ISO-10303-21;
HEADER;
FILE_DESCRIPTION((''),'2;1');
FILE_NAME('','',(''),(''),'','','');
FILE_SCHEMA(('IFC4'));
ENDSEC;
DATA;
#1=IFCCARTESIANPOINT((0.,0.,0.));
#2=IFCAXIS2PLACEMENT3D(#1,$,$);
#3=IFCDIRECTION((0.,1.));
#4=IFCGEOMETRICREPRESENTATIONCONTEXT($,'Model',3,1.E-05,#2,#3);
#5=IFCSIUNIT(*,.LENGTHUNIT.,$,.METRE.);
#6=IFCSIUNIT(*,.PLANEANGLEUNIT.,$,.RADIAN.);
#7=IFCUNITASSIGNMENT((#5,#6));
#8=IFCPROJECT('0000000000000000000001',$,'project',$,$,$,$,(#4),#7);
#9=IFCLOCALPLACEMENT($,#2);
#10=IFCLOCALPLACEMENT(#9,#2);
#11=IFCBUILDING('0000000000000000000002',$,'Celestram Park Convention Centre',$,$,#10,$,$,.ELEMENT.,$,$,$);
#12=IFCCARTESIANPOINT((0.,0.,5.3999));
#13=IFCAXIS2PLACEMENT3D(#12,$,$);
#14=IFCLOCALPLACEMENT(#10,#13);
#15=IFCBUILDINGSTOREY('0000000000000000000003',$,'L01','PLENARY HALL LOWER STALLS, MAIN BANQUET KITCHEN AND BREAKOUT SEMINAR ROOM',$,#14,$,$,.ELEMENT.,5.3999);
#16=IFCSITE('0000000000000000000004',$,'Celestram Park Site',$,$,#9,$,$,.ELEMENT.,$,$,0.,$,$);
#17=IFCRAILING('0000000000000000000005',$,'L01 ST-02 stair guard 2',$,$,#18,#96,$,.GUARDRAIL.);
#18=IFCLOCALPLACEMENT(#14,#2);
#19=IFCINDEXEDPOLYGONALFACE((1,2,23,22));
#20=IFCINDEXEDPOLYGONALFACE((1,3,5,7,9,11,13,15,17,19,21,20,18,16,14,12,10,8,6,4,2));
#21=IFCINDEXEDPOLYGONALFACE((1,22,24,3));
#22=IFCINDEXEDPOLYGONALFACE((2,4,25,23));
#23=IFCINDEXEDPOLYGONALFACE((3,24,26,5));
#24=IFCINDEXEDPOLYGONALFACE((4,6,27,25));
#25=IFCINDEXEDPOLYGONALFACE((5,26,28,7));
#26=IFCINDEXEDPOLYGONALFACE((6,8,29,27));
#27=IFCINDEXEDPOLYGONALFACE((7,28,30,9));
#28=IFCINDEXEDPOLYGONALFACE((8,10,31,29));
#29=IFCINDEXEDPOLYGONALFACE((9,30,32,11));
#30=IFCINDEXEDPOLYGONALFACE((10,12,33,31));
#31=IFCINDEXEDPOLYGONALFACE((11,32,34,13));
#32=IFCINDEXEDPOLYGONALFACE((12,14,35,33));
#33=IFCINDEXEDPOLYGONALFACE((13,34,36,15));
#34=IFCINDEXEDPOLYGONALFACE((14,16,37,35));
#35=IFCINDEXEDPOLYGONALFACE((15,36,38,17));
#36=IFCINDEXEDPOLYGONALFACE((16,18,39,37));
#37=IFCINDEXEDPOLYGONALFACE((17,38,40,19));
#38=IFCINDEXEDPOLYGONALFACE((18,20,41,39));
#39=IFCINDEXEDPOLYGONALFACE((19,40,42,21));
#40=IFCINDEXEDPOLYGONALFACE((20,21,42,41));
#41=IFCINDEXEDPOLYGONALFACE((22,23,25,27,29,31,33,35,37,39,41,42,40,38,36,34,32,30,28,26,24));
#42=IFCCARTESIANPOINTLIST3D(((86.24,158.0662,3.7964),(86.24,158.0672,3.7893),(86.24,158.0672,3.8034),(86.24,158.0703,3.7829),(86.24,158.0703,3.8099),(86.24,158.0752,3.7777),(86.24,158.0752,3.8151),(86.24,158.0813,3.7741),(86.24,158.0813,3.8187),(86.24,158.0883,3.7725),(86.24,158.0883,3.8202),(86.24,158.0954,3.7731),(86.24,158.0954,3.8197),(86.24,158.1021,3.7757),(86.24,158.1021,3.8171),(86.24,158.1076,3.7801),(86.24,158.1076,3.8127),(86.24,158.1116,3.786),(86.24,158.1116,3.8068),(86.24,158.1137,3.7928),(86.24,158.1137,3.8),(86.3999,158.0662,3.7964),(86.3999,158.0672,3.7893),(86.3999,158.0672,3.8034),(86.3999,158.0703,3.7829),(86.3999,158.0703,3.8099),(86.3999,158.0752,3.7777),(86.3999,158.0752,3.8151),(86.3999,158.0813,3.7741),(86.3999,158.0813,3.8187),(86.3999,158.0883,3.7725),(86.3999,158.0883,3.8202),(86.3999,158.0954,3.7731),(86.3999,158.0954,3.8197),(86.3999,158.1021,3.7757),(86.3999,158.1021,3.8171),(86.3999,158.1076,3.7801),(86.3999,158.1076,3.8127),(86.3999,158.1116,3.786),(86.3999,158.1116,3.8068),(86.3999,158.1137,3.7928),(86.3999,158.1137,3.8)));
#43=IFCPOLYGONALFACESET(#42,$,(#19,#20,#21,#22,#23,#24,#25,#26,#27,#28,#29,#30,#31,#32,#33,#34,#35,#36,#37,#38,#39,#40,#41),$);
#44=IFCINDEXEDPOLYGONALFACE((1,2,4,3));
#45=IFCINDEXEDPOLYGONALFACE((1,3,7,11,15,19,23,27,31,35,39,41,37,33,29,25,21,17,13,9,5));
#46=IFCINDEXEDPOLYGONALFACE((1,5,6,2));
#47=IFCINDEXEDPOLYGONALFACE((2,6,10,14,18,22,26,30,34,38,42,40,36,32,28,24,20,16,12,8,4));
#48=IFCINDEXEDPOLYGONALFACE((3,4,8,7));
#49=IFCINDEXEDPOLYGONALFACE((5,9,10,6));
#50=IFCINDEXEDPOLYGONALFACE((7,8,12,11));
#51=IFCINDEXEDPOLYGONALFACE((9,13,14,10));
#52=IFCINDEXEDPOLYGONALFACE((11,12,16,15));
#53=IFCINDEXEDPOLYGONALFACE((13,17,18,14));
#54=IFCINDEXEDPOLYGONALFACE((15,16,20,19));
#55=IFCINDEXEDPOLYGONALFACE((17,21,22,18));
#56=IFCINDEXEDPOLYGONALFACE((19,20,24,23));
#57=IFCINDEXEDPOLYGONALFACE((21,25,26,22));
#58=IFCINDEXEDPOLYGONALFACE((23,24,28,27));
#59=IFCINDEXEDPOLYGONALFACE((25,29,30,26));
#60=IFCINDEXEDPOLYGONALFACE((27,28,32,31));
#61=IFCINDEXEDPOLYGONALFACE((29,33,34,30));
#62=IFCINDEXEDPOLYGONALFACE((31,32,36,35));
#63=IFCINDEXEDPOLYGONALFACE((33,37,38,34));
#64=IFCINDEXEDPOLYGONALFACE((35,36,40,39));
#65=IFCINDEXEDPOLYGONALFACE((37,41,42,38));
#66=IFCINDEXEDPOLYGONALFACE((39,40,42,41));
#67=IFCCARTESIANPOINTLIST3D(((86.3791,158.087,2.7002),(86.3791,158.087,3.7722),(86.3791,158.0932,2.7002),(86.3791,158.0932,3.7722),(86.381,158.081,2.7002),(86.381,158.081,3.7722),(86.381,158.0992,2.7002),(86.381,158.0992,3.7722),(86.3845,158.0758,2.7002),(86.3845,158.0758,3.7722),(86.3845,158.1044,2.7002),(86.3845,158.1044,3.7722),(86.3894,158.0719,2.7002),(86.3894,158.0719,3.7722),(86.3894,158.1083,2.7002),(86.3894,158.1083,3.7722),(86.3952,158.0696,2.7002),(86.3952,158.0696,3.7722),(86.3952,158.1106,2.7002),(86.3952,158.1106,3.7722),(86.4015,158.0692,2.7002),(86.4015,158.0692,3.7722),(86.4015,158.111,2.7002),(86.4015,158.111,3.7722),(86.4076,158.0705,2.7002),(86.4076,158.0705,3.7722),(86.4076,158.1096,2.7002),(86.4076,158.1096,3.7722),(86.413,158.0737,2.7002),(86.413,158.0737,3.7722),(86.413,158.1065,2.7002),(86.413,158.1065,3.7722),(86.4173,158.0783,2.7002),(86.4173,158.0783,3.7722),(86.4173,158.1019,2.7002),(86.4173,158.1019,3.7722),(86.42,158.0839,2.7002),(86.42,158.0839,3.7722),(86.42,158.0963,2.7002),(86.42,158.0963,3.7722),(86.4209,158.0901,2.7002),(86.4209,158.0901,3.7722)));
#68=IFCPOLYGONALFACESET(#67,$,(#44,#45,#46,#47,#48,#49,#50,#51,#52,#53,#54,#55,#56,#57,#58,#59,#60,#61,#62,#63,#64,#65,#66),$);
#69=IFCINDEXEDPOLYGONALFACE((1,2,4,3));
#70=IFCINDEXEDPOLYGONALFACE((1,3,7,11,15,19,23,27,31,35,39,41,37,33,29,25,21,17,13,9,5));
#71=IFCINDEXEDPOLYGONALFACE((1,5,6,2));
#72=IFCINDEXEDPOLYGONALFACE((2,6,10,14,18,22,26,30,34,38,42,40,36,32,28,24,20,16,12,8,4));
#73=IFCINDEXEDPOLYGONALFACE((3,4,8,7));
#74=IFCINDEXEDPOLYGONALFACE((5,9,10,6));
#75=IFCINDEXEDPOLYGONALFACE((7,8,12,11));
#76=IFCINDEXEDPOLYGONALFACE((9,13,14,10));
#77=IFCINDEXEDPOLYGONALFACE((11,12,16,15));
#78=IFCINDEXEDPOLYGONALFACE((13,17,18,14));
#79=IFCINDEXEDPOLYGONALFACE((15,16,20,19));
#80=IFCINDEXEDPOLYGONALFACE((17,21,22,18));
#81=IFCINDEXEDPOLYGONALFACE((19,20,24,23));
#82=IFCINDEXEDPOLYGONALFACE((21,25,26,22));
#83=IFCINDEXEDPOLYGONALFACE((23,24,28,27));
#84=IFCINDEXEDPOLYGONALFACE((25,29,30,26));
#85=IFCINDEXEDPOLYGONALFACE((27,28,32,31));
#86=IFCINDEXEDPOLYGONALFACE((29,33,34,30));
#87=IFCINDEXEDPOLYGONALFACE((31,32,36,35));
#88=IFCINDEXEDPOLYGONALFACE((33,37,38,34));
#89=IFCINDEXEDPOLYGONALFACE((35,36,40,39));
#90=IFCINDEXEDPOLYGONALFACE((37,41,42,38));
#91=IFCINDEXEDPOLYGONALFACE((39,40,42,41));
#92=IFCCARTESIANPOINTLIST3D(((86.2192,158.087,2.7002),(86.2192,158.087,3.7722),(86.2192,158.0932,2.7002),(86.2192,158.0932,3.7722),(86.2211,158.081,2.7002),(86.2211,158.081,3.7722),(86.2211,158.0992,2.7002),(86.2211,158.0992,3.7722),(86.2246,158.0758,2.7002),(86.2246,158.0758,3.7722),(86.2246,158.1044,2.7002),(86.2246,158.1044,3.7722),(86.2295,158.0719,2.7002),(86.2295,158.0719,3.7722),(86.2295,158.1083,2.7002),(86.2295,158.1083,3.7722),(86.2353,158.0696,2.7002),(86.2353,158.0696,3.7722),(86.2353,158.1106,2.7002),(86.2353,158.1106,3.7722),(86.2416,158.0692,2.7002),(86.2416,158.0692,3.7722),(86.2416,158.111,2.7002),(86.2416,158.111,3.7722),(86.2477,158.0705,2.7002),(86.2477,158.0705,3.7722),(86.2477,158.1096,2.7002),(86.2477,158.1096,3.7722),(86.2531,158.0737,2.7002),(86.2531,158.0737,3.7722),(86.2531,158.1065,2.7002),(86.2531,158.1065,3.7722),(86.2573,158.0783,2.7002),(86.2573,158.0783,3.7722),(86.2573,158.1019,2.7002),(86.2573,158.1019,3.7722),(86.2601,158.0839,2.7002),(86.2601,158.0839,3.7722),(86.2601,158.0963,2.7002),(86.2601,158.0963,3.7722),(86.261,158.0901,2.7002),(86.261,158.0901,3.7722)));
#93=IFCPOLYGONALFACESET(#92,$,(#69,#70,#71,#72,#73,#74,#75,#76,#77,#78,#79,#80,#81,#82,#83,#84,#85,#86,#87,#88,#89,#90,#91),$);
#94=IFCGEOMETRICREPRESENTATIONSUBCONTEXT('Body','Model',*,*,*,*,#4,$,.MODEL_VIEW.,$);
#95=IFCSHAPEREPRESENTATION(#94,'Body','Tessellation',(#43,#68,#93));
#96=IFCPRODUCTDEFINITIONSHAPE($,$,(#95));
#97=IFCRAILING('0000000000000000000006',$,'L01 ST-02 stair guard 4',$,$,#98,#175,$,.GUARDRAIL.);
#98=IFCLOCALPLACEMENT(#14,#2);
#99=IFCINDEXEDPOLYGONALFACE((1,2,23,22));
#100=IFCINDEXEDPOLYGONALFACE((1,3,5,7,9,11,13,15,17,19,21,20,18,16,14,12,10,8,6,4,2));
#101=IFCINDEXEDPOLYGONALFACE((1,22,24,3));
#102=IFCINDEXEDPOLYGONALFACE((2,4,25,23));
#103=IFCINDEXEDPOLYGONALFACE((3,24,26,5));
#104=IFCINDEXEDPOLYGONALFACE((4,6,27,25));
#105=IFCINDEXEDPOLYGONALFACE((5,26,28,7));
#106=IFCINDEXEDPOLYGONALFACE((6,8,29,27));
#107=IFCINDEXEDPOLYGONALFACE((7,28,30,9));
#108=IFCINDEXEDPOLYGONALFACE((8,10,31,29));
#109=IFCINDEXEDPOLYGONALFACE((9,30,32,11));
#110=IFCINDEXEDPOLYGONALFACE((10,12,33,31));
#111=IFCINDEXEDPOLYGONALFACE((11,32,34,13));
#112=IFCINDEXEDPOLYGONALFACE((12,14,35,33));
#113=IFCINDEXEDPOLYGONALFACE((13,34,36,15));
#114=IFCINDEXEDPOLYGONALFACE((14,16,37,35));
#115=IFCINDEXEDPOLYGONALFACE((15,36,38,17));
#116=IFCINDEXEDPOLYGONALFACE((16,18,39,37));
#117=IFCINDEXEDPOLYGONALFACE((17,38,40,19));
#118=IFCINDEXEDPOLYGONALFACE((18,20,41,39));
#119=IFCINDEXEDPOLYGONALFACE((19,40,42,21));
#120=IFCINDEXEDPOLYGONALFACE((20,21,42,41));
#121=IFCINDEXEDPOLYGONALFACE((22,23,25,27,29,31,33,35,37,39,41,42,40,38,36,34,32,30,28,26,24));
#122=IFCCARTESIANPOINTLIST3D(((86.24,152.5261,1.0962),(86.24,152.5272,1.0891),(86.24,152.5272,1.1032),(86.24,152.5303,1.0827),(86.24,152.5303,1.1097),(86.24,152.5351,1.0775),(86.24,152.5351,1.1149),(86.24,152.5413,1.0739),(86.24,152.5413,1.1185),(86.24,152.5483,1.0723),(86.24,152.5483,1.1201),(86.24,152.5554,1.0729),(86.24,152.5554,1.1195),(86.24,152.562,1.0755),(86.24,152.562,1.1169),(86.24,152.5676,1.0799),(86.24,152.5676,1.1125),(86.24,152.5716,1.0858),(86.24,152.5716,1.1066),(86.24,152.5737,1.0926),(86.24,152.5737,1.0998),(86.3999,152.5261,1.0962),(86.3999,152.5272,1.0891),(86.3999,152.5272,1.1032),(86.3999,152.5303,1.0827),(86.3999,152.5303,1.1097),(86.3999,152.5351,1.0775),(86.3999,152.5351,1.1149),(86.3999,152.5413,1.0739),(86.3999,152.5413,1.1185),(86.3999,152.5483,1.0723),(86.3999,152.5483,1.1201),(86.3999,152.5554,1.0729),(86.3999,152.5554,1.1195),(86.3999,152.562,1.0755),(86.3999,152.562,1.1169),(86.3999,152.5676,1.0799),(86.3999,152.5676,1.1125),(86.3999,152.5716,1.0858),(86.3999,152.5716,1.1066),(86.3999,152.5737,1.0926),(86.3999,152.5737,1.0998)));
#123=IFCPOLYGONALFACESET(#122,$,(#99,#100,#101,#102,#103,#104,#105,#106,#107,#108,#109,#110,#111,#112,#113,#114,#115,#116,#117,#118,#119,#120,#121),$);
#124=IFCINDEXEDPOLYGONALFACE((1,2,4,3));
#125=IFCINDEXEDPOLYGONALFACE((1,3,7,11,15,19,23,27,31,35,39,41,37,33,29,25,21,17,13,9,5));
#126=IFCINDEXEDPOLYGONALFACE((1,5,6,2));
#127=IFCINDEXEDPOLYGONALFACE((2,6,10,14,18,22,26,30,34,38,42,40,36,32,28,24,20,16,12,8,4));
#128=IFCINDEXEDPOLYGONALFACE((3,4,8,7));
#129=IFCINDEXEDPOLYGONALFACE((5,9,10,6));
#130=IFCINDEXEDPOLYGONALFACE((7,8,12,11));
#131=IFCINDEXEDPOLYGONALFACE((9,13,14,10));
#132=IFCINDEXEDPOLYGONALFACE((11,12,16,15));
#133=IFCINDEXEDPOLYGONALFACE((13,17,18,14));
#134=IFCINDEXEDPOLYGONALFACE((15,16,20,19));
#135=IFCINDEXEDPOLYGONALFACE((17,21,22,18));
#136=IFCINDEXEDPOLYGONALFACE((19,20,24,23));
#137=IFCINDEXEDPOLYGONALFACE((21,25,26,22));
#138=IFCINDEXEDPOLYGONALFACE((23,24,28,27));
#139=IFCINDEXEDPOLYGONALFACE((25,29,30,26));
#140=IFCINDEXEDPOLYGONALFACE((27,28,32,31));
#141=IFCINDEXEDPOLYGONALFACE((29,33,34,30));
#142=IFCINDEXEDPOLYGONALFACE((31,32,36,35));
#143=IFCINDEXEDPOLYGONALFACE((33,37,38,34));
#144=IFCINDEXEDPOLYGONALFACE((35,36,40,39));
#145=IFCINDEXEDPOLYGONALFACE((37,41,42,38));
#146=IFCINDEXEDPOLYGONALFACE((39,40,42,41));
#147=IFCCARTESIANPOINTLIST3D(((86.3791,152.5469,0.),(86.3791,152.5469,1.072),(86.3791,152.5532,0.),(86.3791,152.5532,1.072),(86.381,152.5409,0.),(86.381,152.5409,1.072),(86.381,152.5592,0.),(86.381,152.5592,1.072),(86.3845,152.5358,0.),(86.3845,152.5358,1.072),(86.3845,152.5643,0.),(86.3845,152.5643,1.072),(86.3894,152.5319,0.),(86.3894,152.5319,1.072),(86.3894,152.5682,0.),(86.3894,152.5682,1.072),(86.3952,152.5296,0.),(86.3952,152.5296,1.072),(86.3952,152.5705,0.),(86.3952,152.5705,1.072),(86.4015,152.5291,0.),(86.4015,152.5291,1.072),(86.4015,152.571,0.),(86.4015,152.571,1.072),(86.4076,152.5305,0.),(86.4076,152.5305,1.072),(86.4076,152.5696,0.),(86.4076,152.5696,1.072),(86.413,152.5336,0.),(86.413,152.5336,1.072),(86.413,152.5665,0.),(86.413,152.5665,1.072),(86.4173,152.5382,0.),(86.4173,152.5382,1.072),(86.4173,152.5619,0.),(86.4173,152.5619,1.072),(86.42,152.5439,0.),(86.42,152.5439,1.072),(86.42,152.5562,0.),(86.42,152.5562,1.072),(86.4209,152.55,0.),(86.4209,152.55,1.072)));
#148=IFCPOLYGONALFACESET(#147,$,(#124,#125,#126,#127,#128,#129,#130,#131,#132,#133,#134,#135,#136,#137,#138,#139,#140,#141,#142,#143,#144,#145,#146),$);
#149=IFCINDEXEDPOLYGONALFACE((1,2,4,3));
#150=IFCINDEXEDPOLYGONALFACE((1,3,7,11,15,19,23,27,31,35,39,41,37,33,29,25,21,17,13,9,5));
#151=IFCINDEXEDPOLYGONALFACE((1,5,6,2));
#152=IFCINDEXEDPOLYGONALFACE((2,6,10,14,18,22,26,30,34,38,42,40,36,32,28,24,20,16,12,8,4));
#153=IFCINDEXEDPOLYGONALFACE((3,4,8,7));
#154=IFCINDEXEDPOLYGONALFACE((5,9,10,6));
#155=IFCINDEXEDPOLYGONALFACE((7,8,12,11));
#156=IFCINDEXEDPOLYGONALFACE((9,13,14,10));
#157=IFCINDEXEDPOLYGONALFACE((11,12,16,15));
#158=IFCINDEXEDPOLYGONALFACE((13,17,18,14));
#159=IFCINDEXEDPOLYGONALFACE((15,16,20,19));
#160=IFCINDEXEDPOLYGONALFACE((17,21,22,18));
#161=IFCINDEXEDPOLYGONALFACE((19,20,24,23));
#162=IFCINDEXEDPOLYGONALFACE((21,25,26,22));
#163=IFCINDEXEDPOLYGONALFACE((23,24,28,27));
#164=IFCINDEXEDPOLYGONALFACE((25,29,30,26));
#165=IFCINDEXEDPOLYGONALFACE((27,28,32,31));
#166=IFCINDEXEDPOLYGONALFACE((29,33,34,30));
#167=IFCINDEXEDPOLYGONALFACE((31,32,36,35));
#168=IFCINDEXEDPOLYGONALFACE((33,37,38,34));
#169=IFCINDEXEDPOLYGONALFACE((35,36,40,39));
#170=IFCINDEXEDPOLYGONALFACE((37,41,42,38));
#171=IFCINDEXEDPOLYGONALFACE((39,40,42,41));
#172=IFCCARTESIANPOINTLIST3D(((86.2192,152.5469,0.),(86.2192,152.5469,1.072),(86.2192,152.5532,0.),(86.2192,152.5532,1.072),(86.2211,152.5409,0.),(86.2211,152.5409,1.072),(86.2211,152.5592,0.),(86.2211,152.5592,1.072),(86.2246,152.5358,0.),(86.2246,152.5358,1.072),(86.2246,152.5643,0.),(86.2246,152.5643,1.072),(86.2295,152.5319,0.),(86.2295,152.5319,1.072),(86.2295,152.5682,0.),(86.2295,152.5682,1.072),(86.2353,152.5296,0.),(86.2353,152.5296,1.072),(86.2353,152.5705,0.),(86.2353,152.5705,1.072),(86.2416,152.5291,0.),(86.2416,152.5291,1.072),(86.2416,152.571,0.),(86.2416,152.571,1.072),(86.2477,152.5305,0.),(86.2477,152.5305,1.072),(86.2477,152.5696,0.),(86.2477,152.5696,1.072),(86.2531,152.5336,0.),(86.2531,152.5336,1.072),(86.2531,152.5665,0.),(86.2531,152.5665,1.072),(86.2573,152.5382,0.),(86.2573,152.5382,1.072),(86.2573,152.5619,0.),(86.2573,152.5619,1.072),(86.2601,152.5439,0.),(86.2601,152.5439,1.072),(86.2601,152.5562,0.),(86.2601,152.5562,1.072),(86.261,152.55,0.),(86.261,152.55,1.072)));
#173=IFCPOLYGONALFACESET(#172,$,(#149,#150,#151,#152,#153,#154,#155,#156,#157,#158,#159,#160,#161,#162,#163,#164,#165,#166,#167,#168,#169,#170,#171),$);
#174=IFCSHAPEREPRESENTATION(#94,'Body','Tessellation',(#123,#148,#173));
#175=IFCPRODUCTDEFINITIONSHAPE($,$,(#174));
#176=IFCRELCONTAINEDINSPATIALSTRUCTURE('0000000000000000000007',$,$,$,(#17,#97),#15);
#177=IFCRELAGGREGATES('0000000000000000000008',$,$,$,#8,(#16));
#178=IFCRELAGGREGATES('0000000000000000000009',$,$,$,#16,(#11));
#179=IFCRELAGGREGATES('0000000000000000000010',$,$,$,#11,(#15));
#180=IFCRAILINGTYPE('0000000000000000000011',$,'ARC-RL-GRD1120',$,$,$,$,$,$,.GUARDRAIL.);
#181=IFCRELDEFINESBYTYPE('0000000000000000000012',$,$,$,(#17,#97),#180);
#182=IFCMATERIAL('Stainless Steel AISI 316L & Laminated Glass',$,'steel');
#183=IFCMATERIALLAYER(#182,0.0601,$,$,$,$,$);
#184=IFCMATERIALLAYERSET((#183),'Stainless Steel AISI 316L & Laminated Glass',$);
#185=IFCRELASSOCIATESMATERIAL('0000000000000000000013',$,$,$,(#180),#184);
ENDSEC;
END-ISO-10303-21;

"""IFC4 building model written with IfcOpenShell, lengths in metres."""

from ifc_helpers import new_model, si_unit, direction, frame, origin, origin_2d, place, context, subcontext, project, spatial, circle, extrude, material, layer, layer_set, type_object, element, save


model = new_model("IFC4")

# Units and contexts
model_context = context("Model", 3, precision=1e-05, world=origin(), true_north=direction((0.0, 1.0)))
body_context = subcontext(model_context, "Body", "Model", "MODEL_VIEW")
ifc_project = project(units=[si_unit("LENGTHUNIT", "METRE"), si_unit("PLANEANGLEUNIT", "RADIAN")], contexts=[model_context])

# Site, building, storey
site_placement = place(None, origin())
site = spatial("IfcSite", under=ifc_project, at=site_placement, Name="Celestram Park Site", CompositionType="ELEMENT", RefElevation=0.0)
building_placement = place(site_placement, origin())
building = spatial("IfcBuilding", under=site, at=building_placement, Name="Celestram Park Convention Centre", CompositionType="ELEMENT")
storey_placement = place(building_placement, frame((0.0, 0.0, 5.3999)))
storey = spatial("IfcBuildingStorey", under=building, at=storey_placement, Name="L01", Description="PLENARY HALL LOWER STALLS, MAIN BANQUET KITCHEN AND BREAKOUT SEMINAR ROOM", CompositionType="ELEMENT", Elevation=5.3999)

# Railings
ifc_material_1 = material(Name="Stainless Steel AISI 316L & Laminated Glass", Category="steel")
ifc_layer_1 = layer(ifc_material_1, 0.0601)
ifc_layer_set_1 = layer_set([ifc_layer_1], Name="Stainless Steel AISI 316L & Laminated Glass")
railing_type_1 = type_object("IfcRailingType", Name="ARC-RL-GRD1120", PredefinedType="GUARDRAIL", material=ifc_layer_set_1)
railing_1_placement = place(storey_placement, frame((86.3999, 158.0901, 2.7002)))
element("IfcRailing", 1, at=railing_1_placement, inside=storey, type_object=railing_type_1, Name="L01 ST-02 stair guard 2", PredefinedType="GUARDRAIL", context=body_context, shape_type="SweptSolid", body=[
    extrude(circle(Radius=0.0239, at=origin_2d()), frame((0.0, 0.0, 1.0962), z_axis=(-1.0, 0.0, 0.0), x_axis=(0.0, -1.0, 0.0)), (0.0, 0.0, 1.0), 0.1599),
    extrude(circle(Radius=0.021, at=origin_2d()), origin(), (0.0, 0.0, 1.0), 1.072),
    extrude(circle(Radius=0.021, at=origin_2d()), frame((-0.1599, 0.0, 0.0)), (0.0, 0.0, 1.0), 1.072),
])
railing_2_placement = place(storey_placement, frame((86.3999, 152.55, 0.0)))
element("IfcRailing", 2, at=railing_2_placement, inside=storey, type_object=railing_type_1, Name="L01 ST-02 stair guard 4", PredefinedType="GUARDRAIL", context=body_context, shape_type="SweptSolid", body=[
    extrude(circle(Radius=0.0239, at=origin_2d()), frame((0.0, 0.0, 1.0962), z_axis=(-1.0, 0.0, 0.0), x_axis=(0.0, -1.0, 0.0)), (0.0, 0.0, 1.0), 0.1599),
    extrude(circle(Radius=0.021, at=origin_2d()), origin(), (0.0, 0.0, 1.0), 1.072),
    extrude(circle(Radius=0.021, at=origin_2d()), frame((-0.1599, 0.0, 0.0)), (0.0, 0.0, 1.0), 1.072),
])

save(model, "model.ifc")
